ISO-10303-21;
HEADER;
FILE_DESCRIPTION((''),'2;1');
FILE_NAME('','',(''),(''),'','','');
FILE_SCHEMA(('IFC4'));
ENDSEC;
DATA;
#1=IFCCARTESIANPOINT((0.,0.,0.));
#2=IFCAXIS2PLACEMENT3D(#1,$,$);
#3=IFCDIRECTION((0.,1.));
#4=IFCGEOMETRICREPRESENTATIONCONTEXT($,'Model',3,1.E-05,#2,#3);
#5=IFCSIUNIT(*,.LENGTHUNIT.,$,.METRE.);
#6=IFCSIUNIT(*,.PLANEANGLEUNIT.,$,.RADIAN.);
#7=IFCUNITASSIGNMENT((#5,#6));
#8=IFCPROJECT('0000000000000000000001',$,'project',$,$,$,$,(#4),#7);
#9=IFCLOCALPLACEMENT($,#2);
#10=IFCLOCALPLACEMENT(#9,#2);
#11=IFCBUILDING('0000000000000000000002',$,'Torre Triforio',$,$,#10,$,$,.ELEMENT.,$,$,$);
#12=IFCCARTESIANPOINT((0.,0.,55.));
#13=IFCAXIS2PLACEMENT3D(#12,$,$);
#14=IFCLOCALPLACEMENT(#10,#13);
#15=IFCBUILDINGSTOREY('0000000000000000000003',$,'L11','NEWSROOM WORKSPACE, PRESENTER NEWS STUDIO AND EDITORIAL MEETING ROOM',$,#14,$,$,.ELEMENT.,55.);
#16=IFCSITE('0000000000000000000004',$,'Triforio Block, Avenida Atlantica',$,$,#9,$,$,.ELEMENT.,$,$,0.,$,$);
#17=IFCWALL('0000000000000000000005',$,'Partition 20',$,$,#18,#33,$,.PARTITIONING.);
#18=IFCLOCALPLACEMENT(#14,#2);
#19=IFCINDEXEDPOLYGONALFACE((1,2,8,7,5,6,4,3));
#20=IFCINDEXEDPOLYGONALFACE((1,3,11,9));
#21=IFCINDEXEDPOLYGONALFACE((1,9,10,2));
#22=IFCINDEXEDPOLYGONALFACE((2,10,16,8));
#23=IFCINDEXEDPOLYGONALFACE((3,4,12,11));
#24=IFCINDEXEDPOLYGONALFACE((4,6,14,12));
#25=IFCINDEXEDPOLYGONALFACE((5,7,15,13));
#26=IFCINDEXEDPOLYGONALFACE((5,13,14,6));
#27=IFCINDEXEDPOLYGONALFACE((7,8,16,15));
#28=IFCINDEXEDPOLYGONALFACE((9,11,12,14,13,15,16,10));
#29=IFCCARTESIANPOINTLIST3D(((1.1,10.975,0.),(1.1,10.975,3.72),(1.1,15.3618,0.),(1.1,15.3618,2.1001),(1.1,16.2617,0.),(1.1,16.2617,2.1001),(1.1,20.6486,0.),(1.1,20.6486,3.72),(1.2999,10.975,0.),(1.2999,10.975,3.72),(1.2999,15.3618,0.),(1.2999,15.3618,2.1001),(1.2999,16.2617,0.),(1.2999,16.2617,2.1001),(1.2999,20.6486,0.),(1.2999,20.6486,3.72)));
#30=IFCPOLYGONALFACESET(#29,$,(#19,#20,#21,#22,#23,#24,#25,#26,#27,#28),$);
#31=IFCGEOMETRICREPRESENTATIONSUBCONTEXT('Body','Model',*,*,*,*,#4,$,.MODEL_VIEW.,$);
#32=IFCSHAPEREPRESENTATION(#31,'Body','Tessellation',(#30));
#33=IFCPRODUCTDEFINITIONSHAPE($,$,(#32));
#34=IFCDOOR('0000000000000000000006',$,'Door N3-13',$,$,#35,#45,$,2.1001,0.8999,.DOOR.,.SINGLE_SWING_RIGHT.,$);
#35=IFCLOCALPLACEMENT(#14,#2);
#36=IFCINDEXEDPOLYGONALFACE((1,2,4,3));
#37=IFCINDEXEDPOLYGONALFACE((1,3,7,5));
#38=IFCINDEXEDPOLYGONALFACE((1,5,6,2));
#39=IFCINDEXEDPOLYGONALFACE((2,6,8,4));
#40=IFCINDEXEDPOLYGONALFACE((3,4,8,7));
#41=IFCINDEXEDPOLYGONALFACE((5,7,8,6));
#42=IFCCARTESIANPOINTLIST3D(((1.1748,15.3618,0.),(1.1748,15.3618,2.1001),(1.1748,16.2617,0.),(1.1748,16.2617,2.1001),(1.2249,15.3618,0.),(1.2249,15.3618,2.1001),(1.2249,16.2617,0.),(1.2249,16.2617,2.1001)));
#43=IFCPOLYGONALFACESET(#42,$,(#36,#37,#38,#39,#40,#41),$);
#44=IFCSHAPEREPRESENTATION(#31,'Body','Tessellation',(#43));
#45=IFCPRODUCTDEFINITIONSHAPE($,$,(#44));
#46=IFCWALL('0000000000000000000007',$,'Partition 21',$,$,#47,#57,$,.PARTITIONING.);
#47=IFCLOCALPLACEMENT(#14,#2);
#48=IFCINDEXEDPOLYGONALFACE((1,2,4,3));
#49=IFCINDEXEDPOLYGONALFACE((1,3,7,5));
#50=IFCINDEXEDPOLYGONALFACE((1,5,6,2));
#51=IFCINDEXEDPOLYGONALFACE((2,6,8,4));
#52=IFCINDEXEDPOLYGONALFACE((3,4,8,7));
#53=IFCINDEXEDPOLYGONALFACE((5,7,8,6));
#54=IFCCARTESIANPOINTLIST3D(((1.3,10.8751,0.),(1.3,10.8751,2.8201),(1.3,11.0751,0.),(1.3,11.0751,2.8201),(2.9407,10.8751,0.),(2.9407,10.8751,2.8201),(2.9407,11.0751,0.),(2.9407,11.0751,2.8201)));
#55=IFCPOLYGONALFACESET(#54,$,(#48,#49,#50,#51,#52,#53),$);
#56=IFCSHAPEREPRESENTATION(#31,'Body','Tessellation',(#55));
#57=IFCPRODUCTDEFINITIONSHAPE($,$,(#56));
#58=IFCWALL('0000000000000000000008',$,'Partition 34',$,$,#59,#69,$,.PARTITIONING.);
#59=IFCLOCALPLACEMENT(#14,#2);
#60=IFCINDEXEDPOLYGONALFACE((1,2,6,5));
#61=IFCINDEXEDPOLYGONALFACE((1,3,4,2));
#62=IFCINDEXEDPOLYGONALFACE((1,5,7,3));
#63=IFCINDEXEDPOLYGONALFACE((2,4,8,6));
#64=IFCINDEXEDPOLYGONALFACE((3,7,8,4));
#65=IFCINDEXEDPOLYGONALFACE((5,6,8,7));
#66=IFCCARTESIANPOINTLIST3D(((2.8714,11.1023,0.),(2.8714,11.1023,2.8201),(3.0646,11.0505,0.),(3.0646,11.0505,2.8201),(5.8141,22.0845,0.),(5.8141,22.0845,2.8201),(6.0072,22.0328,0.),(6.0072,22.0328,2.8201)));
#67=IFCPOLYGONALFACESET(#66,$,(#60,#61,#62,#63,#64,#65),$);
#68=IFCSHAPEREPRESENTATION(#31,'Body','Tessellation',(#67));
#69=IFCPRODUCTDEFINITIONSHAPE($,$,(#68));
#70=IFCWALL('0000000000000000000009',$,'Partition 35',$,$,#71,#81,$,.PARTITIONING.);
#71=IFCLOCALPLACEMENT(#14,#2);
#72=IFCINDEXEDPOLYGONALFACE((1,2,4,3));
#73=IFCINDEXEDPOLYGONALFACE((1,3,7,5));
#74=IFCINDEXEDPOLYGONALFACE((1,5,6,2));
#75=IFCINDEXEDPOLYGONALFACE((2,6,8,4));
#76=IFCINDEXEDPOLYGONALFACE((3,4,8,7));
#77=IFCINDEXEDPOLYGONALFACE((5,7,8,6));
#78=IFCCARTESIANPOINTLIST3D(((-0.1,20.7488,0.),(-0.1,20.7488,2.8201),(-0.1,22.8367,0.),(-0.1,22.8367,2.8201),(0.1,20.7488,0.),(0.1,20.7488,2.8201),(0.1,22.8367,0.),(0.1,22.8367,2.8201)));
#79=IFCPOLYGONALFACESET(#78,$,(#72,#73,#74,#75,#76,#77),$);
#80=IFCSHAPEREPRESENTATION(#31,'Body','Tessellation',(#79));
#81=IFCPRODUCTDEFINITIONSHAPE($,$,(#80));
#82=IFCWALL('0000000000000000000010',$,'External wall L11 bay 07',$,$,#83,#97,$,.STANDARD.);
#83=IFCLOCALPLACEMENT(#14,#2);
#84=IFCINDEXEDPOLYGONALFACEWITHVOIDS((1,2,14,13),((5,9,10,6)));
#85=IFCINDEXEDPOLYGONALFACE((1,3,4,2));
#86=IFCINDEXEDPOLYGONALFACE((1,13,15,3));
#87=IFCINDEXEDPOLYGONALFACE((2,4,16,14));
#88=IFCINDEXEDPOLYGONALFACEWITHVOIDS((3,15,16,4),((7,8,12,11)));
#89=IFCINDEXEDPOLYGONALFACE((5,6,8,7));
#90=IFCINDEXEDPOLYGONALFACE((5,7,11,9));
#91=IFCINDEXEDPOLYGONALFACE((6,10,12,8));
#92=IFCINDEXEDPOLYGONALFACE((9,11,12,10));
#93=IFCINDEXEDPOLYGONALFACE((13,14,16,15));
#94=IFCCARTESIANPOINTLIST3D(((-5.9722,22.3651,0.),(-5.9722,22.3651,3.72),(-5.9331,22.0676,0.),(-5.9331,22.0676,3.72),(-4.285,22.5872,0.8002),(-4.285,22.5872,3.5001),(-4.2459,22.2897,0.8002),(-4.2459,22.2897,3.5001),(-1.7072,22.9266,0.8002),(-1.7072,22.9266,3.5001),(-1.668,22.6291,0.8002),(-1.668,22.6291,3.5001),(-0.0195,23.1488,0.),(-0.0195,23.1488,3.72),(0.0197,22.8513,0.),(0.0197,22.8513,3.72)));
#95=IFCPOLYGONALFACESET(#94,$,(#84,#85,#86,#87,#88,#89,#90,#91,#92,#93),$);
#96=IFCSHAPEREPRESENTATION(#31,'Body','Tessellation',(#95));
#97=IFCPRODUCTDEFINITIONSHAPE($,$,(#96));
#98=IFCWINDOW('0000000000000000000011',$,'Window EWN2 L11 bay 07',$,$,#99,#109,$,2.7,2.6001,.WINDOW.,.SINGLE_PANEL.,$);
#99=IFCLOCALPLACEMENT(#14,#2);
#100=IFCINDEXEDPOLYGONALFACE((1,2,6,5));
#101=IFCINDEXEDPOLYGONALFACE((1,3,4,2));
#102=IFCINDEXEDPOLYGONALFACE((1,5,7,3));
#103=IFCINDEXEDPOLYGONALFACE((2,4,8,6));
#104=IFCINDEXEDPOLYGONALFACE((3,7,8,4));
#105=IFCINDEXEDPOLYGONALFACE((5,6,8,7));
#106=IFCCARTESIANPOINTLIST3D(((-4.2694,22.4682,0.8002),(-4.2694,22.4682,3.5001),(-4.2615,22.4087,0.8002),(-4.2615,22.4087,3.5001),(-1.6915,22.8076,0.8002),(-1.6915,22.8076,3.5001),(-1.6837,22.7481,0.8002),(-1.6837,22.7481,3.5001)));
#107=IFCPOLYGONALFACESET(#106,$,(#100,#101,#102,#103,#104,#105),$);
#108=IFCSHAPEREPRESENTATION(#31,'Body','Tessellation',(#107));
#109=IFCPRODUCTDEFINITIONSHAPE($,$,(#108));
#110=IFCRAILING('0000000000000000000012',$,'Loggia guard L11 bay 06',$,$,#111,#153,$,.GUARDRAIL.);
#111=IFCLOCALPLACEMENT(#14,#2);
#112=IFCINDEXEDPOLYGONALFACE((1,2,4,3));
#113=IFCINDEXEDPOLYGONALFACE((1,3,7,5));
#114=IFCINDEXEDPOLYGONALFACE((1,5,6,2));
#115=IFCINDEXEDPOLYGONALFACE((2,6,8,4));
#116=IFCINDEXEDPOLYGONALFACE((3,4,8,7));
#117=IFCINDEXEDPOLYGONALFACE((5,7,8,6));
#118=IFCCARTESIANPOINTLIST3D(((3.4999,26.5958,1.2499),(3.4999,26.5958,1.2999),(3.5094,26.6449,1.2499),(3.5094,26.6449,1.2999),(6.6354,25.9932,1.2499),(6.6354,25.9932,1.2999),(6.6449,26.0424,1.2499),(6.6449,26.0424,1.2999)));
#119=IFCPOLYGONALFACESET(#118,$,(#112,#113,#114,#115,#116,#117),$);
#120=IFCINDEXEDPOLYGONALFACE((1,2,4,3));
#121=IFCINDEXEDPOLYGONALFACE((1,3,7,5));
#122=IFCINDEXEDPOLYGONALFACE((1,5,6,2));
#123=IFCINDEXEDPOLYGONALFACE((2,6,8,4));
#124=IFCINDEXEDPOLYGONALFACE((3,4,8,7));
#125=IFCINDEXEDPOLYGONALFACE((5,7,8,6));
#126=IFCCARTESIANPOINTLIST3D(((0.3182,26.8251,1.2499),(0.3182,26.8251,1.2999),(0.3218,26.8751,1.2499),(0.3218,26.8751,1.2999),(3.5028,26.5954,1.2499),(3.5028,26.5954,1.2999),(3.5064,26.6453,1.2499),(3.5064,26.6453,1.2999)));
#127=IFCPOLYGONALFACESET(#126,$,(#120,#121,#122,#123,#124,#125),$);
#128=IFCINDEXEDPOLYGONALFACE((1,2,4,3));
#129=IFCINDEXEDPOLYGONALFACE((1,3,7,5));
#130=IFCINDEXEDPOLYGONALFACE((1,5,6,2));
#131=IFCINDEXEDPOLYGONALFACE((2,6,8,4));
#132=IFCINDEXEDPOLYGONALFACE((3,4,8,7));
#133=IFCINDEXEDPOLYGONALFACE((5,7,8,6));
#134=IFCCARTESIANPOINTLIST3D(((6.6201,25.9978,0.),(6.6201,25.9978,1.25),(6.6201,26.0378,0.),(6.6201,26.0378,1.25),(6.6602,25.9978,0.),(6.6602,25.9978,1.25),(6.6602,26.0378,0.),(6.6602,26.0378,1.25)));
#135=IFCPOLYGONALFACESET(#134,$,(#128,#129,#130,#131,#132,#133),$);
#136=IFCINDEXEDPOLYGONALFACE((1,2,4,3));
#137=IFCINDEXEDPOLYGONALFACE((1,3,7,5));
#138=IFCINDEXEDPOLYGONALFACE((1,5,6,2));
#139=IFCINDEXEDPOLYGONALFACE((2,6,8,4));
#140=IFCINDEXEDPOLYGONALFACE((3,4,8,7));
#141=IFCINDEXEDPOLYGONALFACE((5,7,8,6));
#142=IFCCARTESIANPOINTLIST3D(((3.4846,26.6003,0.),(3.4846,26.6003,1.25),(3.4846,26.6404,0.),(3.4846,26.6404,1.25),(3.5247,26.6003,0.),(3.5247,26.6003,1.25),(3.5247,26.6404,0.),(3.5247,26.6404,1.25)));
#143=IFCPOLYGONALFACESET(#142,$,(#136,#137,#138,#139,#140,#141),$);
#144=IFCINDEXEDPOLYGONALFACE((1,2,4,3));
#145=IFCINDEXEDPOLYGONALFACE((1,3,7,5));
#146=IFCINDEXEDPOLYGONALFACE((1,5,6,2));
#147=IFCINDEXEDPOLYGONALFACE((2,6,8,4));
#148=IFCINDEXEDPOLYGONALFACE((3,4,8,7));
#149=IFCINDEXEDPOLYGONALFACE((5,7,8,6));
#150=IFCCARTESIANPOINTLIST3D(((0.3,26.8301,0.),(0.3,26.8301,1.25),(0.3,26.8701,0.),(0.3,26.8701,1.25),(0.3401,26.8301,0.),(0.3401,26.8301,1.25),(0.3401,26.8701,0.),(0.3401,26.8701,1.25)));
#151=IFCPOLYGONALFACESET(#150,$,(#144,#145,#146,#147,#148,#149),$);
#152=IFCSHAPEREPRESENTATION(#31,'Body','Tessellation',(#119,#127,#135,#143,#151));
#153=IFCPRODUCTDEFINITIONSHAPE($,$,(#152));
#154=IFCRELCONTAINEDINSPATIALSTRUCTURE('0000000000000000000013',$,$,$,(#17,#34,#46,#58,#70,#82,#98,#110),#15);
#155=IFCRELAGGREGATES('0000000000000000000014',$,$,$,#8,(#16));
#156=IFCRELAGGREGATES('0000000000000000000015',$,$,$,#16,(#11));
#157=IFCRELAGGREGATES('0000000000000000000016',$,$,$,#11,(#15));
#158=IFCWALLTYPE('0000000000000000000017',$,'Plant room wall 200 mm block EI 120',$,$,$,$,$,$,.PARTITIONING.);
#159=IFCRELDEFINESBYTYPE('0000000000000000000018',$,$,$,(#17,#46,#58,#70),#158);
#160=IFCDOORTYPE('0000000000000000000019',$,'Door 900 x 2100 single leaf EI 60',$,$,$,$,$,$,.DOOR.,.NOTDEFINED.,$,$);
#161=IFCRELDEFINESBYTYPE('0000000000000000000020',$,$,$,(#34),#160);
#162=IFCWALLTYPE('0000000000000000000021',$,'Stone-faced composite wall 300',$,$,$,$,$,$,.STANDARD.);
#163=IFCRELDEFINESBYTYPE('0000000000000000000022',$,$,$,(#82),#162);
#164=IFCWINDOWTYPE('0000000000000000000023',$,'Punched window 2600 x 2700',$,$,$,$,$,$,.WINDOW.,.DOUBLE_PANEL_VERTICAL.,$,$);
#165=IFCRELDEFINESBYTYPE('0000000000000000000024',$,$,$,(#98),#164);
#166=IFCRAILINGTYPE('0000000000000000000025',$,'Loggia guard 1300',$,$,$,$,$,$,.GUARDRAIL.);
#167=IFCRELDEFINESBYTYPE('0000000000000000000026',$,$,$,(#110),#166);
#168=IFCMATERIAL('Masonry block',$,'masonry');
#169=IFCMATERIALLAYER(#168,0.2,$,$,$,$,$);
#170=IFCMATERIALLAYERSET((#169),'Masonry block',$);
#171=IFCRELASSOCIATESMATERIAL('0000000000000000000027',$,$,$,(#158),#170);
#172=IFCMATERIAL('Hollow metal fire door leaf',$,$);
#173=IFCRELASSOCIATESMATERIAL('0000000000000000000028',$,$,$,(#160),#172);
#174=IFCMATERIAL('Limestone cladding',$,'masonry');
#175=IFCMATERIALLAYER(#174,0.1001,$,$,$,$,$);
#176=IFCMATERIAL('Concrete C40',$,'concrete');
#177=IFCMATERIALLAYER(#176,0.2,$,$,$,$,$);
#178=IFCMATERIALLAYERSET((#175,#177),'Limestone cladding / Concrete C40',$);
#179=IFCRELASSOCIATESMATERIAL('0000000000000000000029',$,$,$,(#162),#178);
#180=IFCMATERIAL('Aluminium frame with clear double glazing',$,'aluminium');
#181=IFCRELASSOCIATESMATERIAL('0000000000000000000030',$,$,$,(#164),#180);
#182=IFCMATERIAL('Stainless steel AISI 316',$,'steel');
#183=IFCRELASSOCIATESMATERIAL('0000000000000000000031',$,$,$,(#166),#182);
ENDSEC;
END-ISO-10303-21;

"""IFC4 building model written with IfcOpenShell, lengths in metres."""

from ifc_helpers import new_model, si_unit, direction, frame, frame_2d, origin, origin_2d, place, context, subcontext, project, spatial, rectangle, extrude, material, layer, layer_set, type_object, element, fill, save


model = new_model("IFC4")

# Units and contexts
model_context = context("Model", 3, precision=1e-05, world=origin(), true_north=direction((0.0, 1.0)))
body_context = subcontext(model_context, "Body", "Model", "MODEL_VIEW")
ifc_project = project(units=[si_unit("LENGTHUNIT", "METRE"), si_unit("PLANEANGLEUNIT", "RADIAN")], contexts=[model_context])

# Site, building, storey
site_placement = place(None, origin())
site = spatial("IfcSite", under=ifc_project, at=site_placement, Name="Triforio Block, Avenida Atlantica", CompositionType="ELEMENT", RefElevation=0.0)
building_placement = place(site_placement, origin())
building = spatial("IfcBuilding", under=site, at=building_placement, Name="Torre Triforio", CompositionType="ELEMENT")
storey_placement = place(building_placement, frame((0.0, 0.0, 55.0)))
storey = spatial("IfcBuildingStorey", under=building, at=storey_placement, Name="L11", Description="NEWSROOM WORKSPACE, PRESENTER NEWS STUDIO AND EDITORIAL MEETING ROOM", CompositionType="ELEMENT", Elevation=55.0)

# Shared definitions
ifc_material_1 = material(Name="Hollow metal fire door leaf")

# Shared definitions
ifc_material_2 = material(Name="Masonry block", Category="masonry")
ifc_layer_1 = layer(ifc_material_2, 0.2)
ifc_layer_set_1 = layer_set([ifc_layer_1], Name="Masonry block")
wall_type_1 = type_object("IfcWallType", Name="Plant room wall 200 mm block EI 120", PredefinedType="PARTITIONING", material=ifc_layer_set_1)

# Wall, opening, door
wall_1_placement = place(storey_placement, frame((1.2, 20.6487, 0.0), z_axis=(0.0, 0.0, 1.0), x_axis=(0.0, -1.0, 0.0)))
wall_1 = element("IfcWall", 1, at=wall_1_placement, inside=storey, type_object=wall_type_1, Name="Partition 20", PredefinedType="PARTITIONING", context=body_context, shape_type="SweptSolid", body=[
    extrude(rectangle(XDim=9.6736, YDim=0.2, at=frame_2d((4.8369, 0.0))), origin(), (0.0, 0.0, 1.0), 3.72),
])
opening_1_placement = place(wall_1_placement, frame((4.387, 0.0, 0.0)))
opening_1 = element("IfcOpeningElement", 2, at=opening_1_placement, cuts=wall_1, PredefinedType="OPENING", context=body_context, shape_type="SweptSolid", body=[
    extrude(rectangle(XDim=0.8999, YDim=2.1001, at=frame_2d((0.45, 1.05))), frame((0.0, 0.1099, 0.0), z_axis=(0.0, -1.0, 0.0), x_axis=(1.0, 0.0, 0.0)), (0.0, 0.0, 1.0), 0.22),
])
door_type_1 = type_object("IfcDoorType", Name="Door 900 x 2100 single leaf EI 60", OperationType="NOTDEFINED", PredefinedType="DOOR", material=ifc_material_1)
door_1_placement = place(opening_1_placement, origin())
door_1 = element("IfcDoor", 3, at=door_1_placement, inside=storey, type_object=door_type_1, Name="Door N3-13", OperationType="SINGLE_SWING_RIGHT", OverallHeight=2.1001, OverallWidth=0.8999, PredefinedType="DOOR", context=body_context, shape_type="SweptSolid", body=[
    extrude(rectangle(XDim=0.8999, YDim=2.1001, at=frame_2d((0.45, 1.05))), frame((0.0, 0.0249, 0.0), z_axis=(0.0, -1.0, 0.0), x_axis=(1.0, 0.0, 0.0)), (0.0, 0.0, 1.0), 0.05),
])
fill(opening_1, door_1)

# Walls
wall_2_placement = place(storey_placement, frame((1.3, 10.9751, 0.0), z_axis=(0.0, 0.0, 1.0), x_axis=(1.0, 0.0, 0.0)))
element("IfcWall", 4, at=wall_2_placement, inside=storey, type_object=wall_type_1, Name="Partition 21", PredefinedType="PARTITIONING", context=body_context, shape_type="SweptSolid", body=[
    extrude(rectangle(XDim=1.6406, YDim=0.2, at=frame_2d((0.8203, 0.0))), origin(), (0.0, 0.0, 1.0), 2.8201),
])
wall_3_placement = place(storey_placement, frame((2.968, 11.0764, 0.0), z_axis=(0.0, 0.0, 1.0), x_axis=(0.258816, 0.965927, 0.0)))
element("IfcWall", 5, at=wall_3_placement, inside=storey, type_object=wall_type_1, Name="Partition 34", PredefinedType="PARTITIONING", context=body_context, shape_type="SweptSolid", body=[
    extrude(rectangle(XDim=11.3696, YDim=0.2, at=frame_2d((5.6848, 0.0))), origin(), (0.0, 0.0, 1.0), 2.8201),
])
wall_4_placement = place(storey_placement, frame((0.0, 20.7488, 0.0), z_axis=(0.0, 0.0, 1.0), x_axis=(0.0, 1.0, 0.0)))
element("IfcWall", 6, at=wall_4_placement, inside=storey, type_object=wall_type_1, Name="Partition 35", PredefinedType="PARTITIONING", context=body_context, shape_type="SweptSolid", body=[
    extrude(rectangle(XDim=2.0879, YDim=0.2, at=frame_2d((1.0439, 0.0))), origin(), (0.0, 0.0, 1.0), 2.8201),
])

# Shared definitions
ifc_material_3 = material(Name="Limestone cladding", Category="masonry")
ifc_layer_2 = layer(ifc_material_3, 0.1001)
ifc_material_4 = material(Name="Concrete C40", Category="concrete")
ifc_layer_3 = layer(ifc_material_4, 0.2)
ifc_layer_set_2 = layer_set([ifc_layer_2, ifc_layer_3], Name="Limestone cladding / Concrete C40")
wall_type_2 = type_object("IfcWallType", Name="Stone-faced composite wall 300", PredefinedType="STANDARD", material=ifc_layer_set_2)
ifc_material_5 = material(Name="Aluminium frame with clear double glazing", Category="aluminium")

# Wall, opening, window
wall_5_placement = place(storey_placement, frame((0.0, 23.0, 0.0), z_axis=(0.0, 0.0, 1.0), x_axis=(-0.991445, -0.130523, 0.0)))
wall_5 = element("IfcWall", 7, at=wall_5_placement, inside=storey, type_object=wall_type_2, Name="External wall L11 bay 07", PredefinedType="STANDARD", context=body_context, shape_type="SweptSolid", body=[
    extrude(rectangle(XDim=6.0042, YDim=0.3, at=frame_2d((3.002, 0.0))), origin(), (0.0, 0.0, 1.0), 3.72),
])
opening_2_placement = place(wall_5_placement, frame((1.7021, 0.0, 0.8)))
opening_2 = element("IfcOpeningElement", 8, at=opening_2_placement, cuts=wall_5, PredefinedType="OPENING", context=body_context, shape_type="SweptSolid", body=[
    extrude(rectangle(XDim=2.6001, YDim=2.7, at=frame_2d((1.3, 1.3501))), frame((0.0, 0.1599, 0.0), z_axis=(0.0, -1.0, 0.0), x_axis=(1.0, 0.0, 0.0)), (0.0, 0.0, 1.0), 0.3201),
])
window_type_1 = type_object("IfcWindowType", Name="Punched window 2600 x 2700", PartitioningType="DOUBLE_PANEL_VERTICAL", PredefinedType="WINDOW", material=ifc_material_5)
window_1_placement = place(opening_2_placement, origin())
window_1 = element("IfcWindow", 9, at=window_1_placement, inside=storey, type_object=window_type_1, Name="Window EWN2 L11 bay 07", OverallHeight=2.7, OverallWidth=2.6001, PartitioningType="SINGLE_PANEL", PredefinedType="WINDOW", context=body_context, shape_type="SweptSolid", body=[
    extrude(rectangle(XDim=2.6001, YDim=2.7, at=frame_2d((1.3, 1.3501))), frame((0.0, 0.03, 0.0), z_axis=(0.0, -1.0, 0.0), x_axis=(1.0, 0.0, 0.0)), (0.0, 0.0, 1.0), 0.0601),
])
fill(opening_2, window_1)

# Railing
ifc_material_6 = material(Name="Stainless steel AISI 316", Category="steel")
railing_type = type_object("IfcRailingType", Name="Loggia guard 1300", PredefinedType="GUARDRAIL", material=ifc_material_6)
railing_placement = place(storey_placement, frame((6.6401, 26.0178, 0.0)))
element("IfcRailing", 10, at=railing_placement, inside=storey, type_object=railing_type, Name="Loggia guard L11 bay 06", PredefinedType="GUARDRAIL", context=body_context, shape_type="SweptSolid", body=[
    extrude(rectangle(XDim=0.05, YDim=0.05, at=origin_2d()), frame((0.0, 0.0, 1.2749), z_axis=(-0.982032, 0.188714, 0.0), x_axis=(-0.188714, -0.982032, 0.0)), (0.0, 0.0, 1.0), 3.1929),
    extrude(rectangle(XDim=0.05, YDim=0.05, at=origin_2d()), frame((-3.1355, 0.6025, 1.2749), z_axis=(-0.997408, 0.071953, 0.0), x_axis=(-0.071953, -0.997408, 0.0)), (0.0, 0.0, 1.0), 3.1929),
    extrude(rectangle(XDim=0.04, YDim=0.04, at=origin_2d()), origin(), (0.0, 0.0, 1.0), 1.25),
    extrude(rectangle(XDim=0.04, YDim=0.04, at=origin_2d()), frame((-3.1355, 0.6025, 0.0)), (0.0, 0.0, 1.0), 1.25),
    extrude(rectangle(XDim=0.04, YDim=0.04, at=origin_2d()), frame((-6.3201, 0.8323, 0.0)), (0.0, 0.0, 1.0), 1.25),
])

save(model, "model.ifc")
